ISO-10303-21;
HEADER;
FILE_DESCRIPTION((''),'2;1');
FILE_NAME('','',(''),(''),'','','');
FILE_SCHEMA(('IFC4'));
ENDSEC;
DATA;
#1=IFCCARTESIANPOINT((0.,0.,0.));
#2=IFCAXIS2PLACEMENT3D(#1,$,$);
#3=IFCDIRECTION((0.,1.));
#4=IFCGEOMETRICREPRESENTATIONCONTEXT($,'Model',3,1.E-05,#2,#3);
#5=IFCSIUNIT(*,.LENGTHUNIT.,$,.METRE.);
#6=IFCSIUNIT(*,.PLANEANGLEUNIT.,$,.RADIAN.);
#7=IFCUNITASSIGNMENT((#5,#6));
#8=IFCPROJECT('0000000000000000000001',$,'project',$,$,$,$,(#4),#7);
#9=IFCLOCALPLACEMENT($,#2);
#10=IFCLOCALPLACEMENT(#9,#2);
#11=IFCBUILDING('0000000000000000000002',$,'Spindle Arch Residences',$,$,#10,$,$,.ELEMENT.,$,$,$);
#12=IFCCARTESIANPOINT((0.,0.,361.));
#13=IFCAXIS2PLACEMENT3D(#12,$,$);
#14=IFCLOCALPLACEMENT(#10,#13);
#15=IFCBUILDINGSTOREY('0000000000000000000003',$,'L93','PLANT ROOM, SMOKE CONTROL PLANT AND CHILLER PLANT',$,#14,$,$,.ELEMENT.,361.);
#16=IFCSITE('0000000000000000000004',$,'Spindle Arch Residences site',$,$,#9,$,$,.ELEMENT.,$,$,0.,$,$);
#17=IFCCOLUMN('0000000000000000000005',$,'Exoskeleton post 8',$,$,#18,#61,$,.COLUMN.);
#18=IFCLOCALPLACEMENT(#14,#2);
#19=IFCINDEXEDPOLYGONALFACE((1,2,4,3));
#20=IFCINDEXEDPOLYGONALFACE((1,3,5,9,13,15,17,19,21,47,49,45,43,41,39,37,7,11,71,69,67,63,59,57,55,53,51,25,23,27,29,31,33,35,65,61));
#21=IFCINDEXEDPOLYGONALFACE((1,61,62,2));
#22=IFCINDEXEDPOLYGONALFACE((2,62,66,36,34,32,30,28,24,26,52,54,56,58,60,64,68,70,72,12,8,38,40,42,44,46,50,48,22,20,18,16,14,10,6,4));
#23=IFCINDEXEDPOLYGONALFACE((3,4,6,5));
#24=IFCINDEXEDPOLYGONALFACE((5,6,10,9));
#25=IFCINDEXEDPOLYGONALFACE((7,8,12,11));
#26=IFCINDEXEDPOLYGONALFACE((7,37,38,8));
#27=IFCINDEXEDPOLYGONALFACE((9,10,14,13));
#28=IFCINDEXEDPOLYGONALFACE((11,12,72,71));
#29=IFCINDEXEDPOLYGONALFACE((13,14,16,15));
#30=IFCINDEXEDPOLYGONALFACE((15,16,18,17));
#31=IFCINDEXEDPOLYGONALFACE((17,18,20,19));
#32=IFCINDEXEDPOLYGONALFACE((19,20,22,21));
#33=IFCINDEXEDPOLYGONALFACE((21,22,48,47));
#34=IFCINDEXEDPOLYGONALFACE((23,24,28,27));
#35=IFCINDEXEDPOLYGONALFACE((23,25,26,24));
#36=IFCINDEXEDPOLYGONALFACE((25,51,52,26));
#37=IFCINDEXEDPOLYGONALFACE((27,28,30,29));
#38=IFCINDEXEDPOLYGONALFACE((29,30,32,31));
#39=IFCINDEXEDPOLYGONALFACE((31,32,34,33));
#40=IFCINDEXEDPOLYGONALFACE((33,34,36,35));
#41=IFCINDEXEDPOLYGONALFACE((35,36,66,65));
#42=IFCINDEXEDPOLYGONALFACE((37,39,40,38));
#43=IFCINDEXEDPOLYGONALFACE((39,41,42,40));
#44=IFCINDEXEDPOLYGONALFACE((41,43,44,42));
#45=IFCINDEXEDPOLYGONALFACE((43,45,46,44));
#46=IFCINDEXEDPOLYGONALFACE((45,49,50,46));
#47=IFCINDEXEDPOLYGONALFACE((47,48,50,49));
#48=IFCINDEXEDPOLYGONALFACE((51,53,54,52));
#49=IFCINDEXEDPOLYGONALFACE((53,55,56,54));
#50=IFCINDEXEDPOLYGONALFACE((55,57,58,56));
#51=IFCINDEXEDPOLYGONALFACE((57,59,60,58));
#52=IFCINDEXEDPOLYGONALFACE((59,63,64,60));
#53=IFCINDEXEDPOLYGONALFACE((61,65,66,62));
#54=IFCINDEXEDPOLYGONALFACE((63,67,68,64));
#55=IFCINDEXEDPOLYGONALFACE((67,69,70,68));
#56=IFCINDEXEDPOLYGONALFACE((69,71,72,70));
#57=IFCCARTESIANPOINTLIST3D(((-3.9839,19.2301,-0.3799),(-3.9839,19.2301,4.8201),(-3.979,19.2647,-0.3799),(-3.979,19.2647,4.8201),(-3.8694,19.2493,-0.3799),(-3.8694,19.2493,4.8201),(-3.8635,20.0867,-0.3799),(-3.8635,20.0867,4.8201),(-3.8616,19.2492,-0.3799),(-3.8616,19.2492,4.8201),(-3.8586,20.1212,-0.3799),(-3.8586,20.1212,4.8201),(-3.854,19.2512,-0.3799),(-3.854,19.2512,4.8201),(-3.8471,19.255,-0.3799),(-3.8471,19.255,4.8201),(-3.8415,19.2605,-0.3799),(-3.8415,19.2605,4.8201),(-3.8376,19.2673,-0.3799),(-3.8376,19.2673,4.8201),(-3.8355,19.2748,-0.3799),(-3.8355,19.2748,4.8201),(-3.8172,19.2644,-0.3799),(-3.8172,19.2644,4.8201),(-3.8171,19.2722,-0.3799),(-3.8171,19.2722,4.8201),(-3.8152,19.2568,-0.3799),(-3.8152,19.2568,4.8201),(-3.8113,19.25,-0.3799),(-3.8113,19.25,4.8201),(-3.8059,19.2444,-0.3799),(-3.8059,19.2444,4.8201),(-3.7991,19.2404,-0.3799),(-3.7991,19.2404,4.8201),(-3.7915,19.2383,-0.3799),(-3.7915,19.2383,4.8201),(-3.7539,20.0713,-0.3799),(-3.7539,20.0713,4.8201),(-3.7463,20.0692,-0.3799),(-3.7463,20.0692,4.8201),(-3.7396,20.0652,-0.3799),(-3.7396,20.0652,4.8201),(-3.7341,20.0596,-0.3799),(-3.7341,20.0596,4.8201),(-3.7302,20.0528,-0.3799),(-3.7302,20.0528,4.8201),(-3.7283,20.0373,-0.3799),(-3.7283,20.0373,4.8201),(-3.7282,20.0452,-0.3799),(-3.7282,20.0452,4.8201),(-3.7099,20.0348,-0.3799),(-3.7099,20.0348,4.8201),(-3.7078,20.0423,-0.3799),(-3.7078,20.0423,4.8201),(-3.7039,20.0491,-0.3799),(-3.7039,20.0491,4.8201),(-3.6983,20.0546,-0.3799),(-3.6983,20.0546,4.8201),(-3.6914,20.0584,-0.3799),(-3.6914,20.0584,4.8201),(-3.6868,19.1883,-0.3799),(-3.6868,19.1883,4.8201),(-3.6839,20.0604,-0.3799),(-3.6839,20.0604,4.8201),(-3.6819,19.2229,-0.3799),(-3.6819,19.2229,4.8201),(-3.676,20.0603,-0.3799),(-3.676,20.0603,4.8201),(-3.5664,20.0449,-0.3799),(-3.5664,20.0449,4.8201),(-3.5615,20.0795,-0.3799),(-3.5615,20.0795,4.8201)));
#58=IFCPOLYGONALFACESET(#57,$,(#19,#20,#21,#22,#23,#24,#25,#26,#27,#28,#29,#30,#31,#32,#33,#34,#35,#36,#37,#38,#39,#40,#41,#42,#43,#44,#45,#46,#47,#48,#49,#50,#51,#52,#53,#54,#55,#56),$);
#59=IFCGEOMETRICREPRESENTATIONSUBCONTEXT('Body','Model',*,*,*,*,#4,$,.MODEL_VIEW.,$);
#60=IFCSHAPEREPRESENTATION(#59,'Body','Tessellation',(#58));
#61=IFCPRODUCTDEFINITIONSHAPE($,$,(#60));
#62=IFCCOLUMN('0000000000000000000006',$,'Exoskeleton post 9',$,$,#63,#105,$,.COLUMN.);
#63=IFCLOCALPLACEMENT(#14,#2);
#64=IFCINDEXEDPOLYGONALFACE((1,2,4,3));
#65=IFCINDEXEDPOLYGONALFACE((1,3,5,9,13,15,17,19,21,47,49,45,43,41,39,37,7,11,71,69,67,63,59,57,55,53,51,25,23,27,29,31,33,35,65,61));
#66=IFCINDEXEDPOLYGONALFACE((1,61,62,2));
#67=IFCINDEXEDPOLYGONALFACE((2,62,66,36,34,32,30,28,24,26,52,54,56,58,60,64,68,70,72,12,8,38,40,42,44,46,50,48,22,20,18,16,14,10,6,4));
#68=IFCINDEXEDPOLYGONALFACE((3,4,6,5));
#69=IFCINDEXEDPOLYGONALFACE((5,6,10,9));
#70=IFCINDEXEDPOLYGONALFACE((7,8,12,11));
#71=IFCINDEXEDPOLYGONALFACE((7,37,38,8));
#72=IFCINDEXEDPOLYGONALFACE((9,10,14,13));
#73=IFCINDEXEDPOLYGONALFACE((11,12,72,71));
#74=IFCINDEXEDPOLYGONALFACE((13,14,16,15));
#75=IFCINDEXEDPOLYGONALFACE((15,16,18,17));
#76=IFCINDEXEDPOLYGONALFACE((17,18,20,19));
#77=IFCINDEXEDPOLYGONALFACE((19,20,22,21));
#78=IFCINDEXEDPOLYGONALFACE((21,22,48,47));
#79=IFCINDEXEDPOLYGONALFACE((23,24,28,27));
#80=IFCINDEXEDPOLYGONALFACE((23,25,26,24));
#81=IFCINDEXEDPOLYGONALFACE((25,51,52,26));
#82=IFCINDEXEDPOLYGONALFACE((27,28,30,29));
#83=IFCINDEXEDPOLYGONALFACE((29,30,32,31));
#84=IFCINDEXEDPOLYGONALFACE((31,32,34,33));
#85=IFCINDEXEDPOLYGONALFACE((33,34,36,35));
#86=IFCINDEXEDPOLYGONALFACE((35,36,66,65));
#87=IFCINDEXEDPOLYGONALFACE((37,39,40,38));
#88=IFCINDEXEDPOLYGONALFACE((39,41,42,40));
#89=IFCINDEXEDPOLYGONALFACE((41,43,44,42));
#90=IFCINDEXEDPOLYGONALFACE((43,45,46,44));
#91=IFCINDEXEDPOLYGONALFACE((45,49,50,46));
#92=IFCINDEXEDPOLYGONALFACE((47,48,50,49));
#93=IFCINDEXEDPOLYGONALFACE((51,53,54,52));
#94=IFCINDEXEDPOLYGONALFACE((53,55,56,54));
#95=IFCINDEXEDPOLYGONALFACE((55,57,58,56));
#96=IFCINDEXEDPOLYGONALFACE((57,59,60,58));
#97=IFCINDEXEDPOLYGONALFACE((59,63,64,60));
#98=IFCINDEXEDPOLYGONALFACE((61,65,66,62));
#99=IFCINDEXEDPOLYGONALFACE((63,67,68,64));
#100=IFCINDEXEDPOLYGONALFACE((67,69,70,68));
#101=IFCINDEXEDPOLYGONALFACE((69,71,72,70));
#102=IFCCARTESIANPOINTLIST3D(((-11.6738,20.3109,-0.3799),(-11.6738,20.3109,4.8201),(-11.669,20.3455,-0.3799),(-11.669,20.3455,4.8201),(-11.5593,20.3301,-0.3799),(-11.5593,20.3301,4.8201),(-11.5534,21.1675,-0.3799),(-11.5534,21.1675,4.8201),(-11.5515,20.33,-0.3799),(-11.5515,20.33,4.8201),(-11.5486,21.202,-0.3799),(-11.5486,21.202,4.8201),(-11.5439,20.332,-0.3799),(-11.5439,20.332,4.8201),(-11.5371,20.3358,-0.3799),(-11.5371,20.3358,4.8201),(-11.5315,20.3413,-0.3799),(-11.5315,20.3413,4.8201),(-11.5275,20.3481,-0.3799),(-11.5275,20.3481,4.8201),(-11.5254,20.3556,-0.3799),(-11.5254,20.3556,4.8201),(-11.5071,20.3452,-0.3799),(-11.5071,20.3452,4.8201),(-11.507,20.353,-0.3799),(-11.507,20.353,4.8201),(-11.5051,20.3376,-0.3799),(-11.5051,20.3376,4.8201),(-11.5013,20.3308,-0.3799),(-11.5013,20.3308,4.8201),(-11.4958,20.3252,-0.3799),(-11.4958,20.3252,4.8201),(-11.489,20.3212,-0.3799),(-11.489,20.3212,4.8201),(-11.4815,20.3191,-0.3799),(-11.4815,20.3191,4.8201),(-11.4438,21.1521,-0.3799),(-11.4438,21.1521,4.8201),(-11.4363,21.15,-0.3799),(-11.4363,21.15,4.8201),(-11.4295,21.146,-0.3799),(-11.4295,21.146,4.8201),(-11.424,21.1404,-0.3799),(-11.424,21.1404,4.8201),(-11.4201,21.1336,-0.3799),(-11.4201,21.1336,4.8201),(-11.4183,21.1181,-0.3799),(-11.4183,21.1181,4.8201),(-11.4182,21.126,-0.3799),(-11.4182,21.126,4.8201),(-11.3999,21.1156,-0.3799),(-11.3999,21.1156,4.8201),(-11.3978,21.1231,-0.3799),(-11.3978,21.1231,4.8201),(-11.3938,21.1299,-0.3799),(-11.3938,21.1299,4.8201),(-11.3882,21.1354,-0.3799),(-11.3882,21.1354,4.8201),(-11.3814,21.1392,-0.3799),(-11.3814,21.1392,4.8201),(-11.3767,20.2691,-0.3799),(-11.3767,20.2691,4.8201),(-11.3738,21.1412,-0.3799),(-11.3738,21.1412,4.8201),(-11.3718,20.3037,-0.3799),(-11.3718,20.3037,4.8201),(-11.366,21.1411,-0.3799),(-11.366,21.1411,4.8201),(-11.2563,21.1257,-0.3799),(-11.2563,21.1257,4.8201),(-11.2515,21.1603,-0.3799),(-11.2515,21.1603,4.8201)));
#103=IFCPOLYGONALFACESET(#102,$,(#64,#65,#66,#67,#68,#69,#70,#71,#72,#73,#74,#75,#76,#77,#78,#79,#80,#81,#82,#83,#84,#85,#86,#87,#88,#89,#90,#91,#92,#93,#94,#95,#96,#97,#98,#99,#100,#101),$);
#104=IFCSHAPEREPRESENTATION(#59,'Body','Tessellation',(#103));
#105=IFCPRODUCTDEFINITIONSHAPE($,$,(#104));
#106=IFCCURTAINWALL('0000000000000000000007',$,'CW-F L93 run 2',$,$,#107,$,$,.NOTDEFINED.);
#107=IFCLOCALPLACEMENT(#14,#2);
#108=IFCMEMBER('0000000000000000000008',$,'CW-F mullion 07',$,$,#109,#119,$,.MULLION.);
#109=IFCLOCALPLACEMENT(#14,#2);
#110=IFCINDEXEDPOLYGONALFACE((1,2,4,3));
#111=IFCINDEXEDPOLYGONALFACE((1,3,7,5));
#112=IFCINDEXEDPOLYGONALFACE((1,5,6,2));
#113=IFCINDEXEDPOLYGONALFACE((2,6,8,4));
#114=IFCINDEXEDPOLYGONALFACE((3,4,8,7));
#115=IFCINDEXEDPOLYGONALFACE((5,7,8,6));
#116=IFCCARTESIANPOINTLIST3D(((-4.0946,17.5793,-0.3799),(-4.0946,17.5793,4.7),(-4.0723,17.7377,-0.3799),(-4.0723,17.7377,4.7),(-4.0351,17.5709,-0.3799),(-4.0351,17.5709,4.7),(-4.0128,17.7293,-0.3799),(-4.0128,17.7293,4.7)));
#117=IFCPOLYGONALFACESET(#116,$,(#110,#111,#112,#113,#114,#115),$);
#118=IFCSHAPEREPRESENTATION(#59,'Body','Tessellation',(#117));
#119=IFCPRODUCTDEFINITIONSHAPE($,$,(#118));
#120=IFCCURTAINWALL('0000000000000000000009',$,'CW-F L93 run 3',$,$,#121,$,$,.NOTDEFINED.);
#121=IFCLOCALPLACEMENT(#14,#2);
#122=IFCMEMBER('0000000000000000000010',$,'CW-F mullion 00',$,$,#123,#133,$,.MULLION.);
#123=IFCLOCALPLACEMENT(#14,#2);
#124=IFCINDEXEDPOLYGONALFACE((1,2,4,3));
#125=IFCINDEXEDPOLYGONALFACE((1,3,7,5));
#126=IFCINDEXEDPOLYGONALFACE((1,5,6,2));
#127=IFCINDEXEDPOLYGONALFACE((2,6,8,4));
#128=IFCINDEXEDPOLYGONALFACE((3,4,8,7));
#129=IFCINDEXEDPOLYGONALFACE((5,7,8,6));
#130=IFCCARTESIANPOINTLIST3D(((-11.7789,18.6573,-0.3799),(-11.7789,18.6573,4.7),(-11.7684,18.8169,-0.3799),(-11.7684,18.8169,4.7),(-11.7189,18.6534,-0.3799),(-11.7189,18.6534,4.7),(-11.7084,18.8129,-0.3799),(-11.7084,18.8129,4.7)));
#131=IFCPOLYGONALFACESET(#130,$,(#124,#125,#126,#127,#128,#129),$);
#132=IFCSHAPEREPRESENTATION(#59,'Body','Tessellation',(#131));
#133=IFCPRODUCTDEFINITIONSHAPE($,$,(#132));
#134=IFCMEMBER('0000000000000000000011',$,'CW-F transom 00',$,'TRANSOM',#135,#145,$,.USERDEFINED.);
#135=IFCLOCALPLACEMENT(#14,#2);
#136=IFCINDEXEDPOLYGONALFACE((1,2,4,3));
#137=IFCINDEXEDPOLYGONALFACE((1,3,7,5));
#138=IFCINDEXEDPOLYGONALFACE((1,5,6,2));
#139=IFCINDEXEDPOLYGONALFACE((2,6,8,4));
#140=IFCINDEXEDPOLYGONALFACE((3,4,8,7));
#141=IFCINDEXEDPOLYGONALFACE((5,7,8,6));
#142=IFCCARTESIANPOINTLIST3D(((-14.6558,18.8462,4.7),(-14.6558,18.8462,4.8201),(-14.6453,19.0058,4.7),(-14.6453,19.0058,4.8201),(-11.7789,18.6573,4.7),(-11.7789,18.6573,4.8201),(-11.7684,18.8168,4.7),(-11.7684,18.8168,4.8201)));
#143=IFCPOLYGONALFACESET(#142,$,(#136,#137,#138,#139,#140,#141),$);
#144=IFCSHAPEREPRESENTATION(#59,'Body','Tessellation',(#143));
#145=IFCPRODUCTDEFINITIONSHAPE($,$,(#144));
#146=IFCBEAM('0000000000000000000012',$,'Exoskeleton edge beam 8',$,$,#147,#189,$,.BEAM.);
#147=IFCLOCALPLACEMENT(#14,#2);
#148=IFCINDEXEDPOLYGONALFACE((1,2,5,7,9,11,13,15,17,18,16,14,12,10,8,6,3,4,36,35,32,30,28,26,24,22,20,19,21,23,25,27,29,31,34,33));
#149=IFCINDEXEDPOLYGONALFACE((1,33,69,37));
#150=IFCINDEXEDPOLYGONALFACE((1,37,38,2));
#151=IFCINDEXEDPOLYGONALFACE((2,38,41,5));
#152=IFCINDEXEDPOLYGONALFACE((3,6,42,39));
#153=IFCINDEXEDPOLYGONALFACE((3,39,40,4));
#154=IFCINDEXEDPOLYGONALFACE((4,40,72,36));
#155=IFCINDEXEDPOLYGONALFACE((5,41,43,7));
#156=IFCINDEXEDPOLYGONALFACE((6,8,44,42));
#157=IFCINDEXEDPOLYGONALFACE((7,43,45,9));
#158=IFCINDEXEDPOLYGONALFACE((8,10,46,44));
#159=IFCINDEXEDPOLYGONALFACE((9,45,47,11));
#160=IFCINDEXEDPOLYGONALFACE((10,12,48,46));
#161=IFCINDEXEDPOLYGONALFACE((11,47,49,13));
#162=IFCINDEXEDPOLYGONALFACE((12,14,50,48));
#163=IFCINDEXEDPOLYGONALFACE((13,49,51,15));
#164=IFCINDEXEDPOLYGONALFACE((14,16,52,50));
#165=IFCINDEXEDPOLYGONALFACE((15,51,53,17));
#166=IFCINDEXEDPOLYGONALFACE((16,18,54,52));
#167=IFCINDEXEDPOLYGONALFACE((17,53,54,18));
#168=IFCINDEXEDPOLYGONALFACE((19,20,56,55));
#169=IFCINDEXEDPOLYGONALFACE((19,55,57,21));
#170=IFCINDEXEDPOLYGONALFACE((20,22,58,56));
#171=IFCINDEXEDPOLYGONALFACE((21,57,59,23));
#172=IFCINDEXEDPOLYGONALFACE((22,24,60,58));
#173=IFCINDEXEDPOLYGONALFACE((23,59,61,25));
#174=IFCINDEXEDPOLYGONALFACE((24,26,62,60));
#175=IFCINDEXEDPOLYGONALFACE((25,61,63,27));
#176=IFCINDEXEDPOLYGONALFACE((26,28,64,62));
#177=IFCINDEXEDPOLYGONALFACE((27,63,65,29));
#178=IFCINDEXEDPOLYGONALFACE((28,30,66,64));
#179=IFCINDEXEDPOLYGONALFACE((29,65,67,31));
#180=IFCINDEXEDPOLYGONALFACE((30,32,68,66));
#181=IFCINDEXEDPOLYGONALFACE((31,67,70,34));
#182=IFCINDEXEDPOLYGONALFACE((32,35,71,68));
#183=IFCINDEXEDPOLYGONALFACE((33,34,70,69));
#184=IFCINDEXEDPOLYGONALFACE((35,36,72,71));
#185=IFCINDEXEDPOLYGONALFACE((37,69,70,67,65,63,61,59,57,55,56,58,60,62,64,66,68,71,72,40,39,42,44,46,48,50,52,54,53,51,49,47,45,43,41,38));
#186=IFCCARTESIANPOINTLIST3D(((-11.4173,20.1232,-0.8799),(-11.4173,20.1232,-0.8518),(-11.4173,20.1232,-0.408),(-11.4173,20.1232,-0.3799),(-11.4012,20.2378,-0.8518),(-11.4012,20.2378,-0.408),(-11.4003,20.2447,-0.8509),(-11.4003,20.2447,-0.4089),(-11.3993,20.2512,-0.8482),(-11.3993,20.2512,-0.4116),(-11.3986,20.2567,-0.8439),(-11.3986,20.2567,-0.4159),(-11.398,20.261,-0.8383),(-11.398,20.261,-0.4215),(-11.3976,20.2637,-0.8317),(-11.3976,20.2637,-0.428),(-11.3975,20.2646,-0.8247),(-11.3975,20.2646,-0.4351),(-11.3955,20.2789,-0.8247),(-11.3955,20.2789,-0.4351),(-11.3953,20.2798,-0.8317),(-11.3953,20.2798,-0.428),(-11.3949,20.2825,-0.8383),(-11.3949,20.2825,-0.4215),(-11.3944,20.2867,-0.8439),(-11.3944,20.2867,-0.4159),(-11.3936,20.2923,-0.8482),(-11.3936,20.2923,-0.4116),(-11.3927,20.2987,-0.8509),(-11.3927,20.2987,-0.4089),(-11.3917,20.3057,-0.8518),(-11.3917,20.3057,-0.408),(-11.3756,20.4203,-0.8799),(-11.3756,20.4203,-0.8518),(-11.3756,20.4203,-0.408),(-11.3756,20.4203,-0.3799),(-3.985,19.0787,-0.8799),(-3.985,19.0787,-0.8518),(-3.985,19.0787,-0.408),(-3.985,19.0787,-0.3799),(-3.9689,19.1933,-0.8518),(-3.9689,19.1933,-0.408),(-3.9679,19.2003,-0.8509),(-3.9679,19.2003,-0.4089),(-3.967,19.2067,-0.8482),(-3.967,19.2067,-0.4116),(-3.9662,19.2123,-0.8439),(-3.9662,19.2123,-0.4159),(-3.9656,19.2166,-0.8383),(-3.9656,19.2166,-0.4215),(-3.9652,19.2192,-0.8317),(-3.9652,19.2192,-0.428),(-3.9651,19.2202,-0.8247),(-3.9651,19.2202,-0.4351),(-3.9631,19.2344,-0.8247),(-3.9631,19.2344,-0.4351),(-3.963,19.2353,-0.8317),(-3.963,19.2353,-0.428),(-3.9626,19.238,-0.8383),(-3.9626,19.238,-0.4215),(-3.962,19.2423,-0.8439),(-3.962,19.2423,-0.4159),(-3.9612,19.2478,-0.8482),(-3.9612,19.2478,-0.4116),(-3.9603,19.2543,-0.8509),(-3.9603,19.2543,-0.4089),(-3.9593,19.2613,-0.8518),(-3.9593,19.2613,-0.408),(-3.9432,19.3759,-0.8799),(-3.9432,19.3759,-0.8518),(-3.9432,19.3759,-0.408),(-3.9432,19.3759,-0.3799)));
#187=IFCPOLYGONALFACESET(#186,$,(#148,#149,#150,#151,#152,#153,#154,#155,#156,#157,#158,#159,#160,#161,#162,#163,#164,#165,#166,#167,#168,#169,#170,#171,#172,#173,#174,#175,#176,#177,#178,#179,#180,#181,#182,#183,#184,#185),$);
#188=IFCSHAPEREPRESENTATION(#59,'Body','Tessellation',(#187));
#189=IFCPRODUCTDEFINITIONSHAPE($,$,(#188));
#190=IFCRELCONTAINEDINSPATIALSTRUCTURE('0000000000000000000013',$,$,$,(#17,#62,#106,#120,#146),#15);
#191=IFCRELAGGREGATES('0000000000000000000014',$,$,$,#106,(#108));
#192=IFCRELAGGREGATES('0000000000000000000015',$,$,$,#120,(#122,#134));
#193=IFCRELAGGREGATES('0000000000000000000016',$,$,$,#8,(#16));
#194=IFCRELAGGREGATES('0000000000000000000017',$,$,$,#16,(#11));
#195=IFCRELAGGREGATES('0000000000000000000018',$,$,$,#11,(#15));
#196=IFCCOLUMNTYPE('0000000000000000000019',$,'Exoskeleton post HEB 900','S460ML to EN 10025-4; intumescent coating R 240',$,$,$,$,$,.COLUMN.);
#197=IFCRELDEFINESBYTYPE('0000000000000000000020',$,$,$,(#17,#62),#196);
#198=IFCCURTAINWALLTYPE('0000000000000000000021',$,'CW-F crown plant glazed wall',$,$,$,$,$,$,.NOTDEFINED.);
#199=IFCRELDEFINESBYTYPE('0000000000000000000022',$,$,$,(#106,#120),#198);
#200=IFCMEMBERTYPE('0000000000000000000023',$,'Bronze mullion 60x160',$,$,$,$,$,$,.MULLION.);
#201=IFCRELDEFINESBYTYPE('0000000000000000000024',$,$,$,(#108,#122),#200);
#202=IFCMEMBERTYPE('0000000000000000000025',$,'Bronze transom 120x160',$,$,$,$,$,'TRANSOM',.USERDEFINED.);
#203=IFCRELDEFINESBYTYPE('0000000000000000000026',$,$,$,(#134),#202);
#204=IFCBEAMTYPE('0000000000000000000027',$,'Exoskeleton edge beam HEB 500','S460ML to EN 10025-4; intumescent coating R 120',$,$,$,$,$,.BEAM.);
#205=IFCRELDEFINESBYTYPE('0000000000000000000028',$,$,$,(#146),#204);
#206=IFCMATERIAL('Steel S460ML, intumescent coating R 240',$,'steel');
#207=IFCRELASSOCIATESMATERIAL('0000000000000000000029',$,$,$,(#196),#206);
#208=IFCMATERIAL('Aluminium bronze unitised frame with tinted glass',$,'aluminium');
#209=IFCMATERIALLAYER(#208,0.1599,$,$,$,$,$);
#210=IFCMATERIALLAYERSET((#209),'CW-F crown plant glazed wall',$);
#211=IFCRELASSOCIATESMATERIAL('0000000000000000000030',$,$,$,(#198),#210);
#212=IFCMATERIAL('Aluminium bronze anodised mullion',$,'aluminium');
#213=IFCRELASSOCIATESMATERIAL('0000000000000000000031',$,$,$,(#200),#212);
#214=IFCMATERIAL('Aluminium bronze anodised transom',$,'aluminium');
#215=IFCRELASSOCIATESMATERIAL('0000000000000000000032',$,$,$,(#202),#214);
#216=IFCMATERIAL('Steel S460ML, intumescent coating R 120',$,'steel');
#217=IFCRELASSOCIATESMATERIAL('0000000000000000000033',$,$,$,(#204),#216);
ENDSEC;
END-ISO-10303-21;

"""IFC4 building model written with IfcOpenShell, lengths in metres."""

from ifc_helpers import new_model, si_unit, direction, frame, origin, origin_2d, place, context, subcontext, project, spatial, rectangle, i_section, extrude, material, layer, layer_set, material_profile, profile_set, type_object, element, aggregate, save


model = new_model("IFC4")

# Units and contexts
model_context = context("Model", 3, precision=1e-05, world=origin(), true_north=direction((0.0, 1.0)))
body_context = subcontext(model_context, "Body", "Model", "MODEL_VIEW")
ifc_project = project(units=[si_unit("LENGTHUNIT", "METRE"), si_unit("PLANEANGLEUNIT", "RADIAN")], contexts=[model_context])

# Site, building, storey
site_placement = place(None, origin())
site = spatial("IfcSite", under=ifc_project, at=site_placement, Name="Spindle Arch Residences site", CompositionType="ELEMENT", RefElevation=0.0)
building_placement = place(site_placement, origin())
building = spatial("IfcBuilding", under=site, at=building_placement, Name="Spindle Arch Residences", CompositionType="ELEMENT")
storey_placement = place(building_placement, frame((0.0, 0.0, 361.0)))
storey = spatial("IfcBuildingStorey", under=building, at=storey_placement, Name="L93", Description="PLANT ROOM, SMOKE CONTROL PLANT AND CHILLER PLANT", CompositionType="ELEMENT", Elevation=361.0)

# Columns
ifc_material_1 = material(Name="Steel S460ML, intumescent coating R 240", Category="steel")
ifc_material_profile_1 = material_profile(ifc_material_1, i_section(OverallWidth=0.3, OverallDepth=0.8999, WebThickness=0.0186, FlangeThickness=0.0349, FilletRadius=0.03, at=origin_2d()), Name="HEB 900")
ifc_profile_set_1 = profile_set([ifc_material_profile_1], Name="Steel S460ML, intumescent coating R 240")
column_type = type_object("IfcColumnType", Name="Exoskeleton post HEB 900", Description="S460ML to EN 10025-4; intumescent coating R 240", PredefinedType="COLUMN", material=ifc_profile_set_1)
for number, where, z_axis, x_axis, name in (
    (1, (-3.7727, 19.6548, -0.3799), (0.0, 0.0, 1.0), (0.990268, -0.139173, 0.0), "Exoskeleton post 8"),
    (2, (-11.4626, 20.7356, -0.3799), (0.0, 0.0, 1.0), (0.990268, -0.139173, 0.0), "Exoskeleton post 9"),
):
    element("IfcColumn", number, at=place(storey_placement, frame(where, z_axis=z_axis, x_axis=x_axis)), inside=storey, type_object=column_type, Name=name, PredefinedType="COLUMN", context=body_context, shape_type="SweptSolid", body=[
        extrude(i_section(OverallWidth=0.3, OverallDepth=0.8999, WebThickness=0.0186, FlangeThickness=0.0349, FilletRadius=0.03, at=origin_2d()), origin(), (0.0, 0.0, 1.0), 5.2),
    ])

# Curtain wall, member
ifc_material_2 = material(Name="Aluminium bronze unitised frame with tinted glass", Category="aluminium")
ifc_layer_1 = layer(ifc_material_2, 0.1599)
ifc_layer_set_1 = layer_set([ifc_layer_1], Name="CW-F crown plant glazed wall")
curtain_wall_type = type_object("IfcCurtainWallType", Name="CW-F crown plant glazed wall", PredefinedType="NOTDEFINED", material=ifc_layer_set_1)
curtain_wall_1_placement = place(storey_placement, origin())
curtain_wall_1 = element("IfcCurtainWall", 3, at=curtain_wall_1_placement, inside=storey, type_object=curtain_wall_type, Name="CW-F L93 run 2", PredefinedType="NOTDEFINED")
ifc_material_3 = material(Name="Aluminium bronze anodised mullion", Category="aluminium")
ifc_material_profile_2 = material_profile(ifc_material_3, rectangle(XDim=0.1599, YDim=0.0601, at=origin_2d()), Name="MU 60x160")
ifc_profile_set_2 = profile_set([ifc_material_profile_2], Name="Aluminium bronze anodised mullion")
member_type_1 = type_object("IfcMemberType", Name="Bronze mullion 60x160", PredefinedType="MULLION", material=ifc_profile_set_2)
member_1_placement = place(storey_placement, frame((-4.0537, 17.6543, -0.3799), z_axis=(0.0, 0.0, 1.0), x_axis=(-0.139173, -0.990268, 0.0)))
member_1 = element("IfcMember", 4, at=member_1_placement, type_object=member_type_1, Name="CW-F mullion 07", PredefinedType="MULLION", context=body_context, shape_type="SweptSolid", body=[
    extrude(rectangle(XDim=0.1599, YDim=0.0601, at=origin_2d()), origin(), (0.0, 0.0, 1.0), 5.0798),
])

# Curtain wall, members
curtain_wall_2_placement = place(storey_placement, origin())
curtain_wall_2 = element("IfcCurtainWall", 5, at=curtain_wall_2_placement, inside=storey, type_object=curtain_wall_type, Name="CW-F L93 run 3", PredefinedType="NOTDEFINED")
member_2_placement = place(storey_placement, frame((-11.7437, 18.7351, -0.3799), z_axis=(0.0, 0.0, 1.0), x_axis=(-0.06551, -0.997852, 0.0)))
member_2 = element("IfcMember", 6, at=member_2_placement, type_object=member_type_1, Name="CW-F mullion 00", PredefinedType="MULLION", context=body_context, shape_type="SweptSolid", body=[
    extrude(rectangle(XDim=0.1599, YDim=0.0601, at=origin_2d()), origin(), (0.0, 0.0, 1.0), 5.0798),
])
ifc_material_4 = material(Name="Aluminium bronze anodised transom", Category="aluminium")
ifc_material_profile_3 = material_profile(ifc_material_4, rectangle(XDim=0.1599, YDim=0.1201, at=origin_2d()), Name="TR 120x160")
ifc_profile_set_3 = profile_set([ifc_material_profile_3], Name="Aluminium bronze anodised transom")
member_type_2 = type_object("IfcMemberType", Name="Bronze transom 120x160", ElementType="TRANSOM", PredefinedType="USERDEFINED", material=ifc_profile_set_3)
member_3_placement = place(storey_placement, frame((-11.7737, 18.7371, 4.76), z_axis=(-0.99785, 0.065541, 0.0), x_axis=(-0.065541, -0.99785, 0.0)))
member_3 = element("IfcMember", 7, at=member_3_placement, type_object=member_type_2, Name="CW-F transom 00", ObjectType="TRANSOM", PredefinedType="USERDEFINED", context=body_context, shape_type="SweptSolid", body=[
    extrude(rectangle(XDim=0.1599, YDim=0.1201, at=origin_2d()), origin(), (0.0, 0.0, 1.0), 2.8831),
])

# Beam
ifc_material_5 = material(Name="Steel S460ML, intumescent coating R 120", Category="steel")
ifc_material_profile_4 = material_profile(ifc_material_5, i_section(OverallWidth=0.3, OverallDepth=0.5, WebThickness=0.0144, FlangeThickness=0.0281, FilletRadius=0.0271, at=origin_2d()), Name="HEB 500")
ifc_profile_set_4 = profile_set([ifc_material_profile_4], Name="Steel S460ML, intumescent coating R 120")
beam_type_1 = type_object("IfcBeamType", Name="Exoskeleton edge beam HEB 500", Description="S460ML to EN 10025-4; intumescent coating R 120", PredefinedType="BEAM", material=ifc_profile_set_4)
beam_1_placement = place(storey_placement, frame((-3.9641, 19.2273, -0.6299), z_axis=(-0.99027, 0.139158, 0.0), x_axis=(-0.139158, -0.99027, 0.0)))
element("IfcBeam", 8, at=beam_1_placement, inside=storey, type_object=beam_type_1, Name="Exoskeleton edge beam 8", PredefinedType="BEAM", context=body_context, shape_type="SweptSolid", body=[
    extrude(i_section(OverallWidth=0.3, OverallDepth=0.5, WebThickness=0.0144, FlangeThickness=0.0281, FilletRadius=0.0271, at=origin_2d()), origin(), (0.0, 0.0, 1.0), 7.5054),
])

aggregate(curtain_wall_1, [member_1])
aggregate(curtain_wall_2, [member_2, member_3])

save(model, "model.ifc")
